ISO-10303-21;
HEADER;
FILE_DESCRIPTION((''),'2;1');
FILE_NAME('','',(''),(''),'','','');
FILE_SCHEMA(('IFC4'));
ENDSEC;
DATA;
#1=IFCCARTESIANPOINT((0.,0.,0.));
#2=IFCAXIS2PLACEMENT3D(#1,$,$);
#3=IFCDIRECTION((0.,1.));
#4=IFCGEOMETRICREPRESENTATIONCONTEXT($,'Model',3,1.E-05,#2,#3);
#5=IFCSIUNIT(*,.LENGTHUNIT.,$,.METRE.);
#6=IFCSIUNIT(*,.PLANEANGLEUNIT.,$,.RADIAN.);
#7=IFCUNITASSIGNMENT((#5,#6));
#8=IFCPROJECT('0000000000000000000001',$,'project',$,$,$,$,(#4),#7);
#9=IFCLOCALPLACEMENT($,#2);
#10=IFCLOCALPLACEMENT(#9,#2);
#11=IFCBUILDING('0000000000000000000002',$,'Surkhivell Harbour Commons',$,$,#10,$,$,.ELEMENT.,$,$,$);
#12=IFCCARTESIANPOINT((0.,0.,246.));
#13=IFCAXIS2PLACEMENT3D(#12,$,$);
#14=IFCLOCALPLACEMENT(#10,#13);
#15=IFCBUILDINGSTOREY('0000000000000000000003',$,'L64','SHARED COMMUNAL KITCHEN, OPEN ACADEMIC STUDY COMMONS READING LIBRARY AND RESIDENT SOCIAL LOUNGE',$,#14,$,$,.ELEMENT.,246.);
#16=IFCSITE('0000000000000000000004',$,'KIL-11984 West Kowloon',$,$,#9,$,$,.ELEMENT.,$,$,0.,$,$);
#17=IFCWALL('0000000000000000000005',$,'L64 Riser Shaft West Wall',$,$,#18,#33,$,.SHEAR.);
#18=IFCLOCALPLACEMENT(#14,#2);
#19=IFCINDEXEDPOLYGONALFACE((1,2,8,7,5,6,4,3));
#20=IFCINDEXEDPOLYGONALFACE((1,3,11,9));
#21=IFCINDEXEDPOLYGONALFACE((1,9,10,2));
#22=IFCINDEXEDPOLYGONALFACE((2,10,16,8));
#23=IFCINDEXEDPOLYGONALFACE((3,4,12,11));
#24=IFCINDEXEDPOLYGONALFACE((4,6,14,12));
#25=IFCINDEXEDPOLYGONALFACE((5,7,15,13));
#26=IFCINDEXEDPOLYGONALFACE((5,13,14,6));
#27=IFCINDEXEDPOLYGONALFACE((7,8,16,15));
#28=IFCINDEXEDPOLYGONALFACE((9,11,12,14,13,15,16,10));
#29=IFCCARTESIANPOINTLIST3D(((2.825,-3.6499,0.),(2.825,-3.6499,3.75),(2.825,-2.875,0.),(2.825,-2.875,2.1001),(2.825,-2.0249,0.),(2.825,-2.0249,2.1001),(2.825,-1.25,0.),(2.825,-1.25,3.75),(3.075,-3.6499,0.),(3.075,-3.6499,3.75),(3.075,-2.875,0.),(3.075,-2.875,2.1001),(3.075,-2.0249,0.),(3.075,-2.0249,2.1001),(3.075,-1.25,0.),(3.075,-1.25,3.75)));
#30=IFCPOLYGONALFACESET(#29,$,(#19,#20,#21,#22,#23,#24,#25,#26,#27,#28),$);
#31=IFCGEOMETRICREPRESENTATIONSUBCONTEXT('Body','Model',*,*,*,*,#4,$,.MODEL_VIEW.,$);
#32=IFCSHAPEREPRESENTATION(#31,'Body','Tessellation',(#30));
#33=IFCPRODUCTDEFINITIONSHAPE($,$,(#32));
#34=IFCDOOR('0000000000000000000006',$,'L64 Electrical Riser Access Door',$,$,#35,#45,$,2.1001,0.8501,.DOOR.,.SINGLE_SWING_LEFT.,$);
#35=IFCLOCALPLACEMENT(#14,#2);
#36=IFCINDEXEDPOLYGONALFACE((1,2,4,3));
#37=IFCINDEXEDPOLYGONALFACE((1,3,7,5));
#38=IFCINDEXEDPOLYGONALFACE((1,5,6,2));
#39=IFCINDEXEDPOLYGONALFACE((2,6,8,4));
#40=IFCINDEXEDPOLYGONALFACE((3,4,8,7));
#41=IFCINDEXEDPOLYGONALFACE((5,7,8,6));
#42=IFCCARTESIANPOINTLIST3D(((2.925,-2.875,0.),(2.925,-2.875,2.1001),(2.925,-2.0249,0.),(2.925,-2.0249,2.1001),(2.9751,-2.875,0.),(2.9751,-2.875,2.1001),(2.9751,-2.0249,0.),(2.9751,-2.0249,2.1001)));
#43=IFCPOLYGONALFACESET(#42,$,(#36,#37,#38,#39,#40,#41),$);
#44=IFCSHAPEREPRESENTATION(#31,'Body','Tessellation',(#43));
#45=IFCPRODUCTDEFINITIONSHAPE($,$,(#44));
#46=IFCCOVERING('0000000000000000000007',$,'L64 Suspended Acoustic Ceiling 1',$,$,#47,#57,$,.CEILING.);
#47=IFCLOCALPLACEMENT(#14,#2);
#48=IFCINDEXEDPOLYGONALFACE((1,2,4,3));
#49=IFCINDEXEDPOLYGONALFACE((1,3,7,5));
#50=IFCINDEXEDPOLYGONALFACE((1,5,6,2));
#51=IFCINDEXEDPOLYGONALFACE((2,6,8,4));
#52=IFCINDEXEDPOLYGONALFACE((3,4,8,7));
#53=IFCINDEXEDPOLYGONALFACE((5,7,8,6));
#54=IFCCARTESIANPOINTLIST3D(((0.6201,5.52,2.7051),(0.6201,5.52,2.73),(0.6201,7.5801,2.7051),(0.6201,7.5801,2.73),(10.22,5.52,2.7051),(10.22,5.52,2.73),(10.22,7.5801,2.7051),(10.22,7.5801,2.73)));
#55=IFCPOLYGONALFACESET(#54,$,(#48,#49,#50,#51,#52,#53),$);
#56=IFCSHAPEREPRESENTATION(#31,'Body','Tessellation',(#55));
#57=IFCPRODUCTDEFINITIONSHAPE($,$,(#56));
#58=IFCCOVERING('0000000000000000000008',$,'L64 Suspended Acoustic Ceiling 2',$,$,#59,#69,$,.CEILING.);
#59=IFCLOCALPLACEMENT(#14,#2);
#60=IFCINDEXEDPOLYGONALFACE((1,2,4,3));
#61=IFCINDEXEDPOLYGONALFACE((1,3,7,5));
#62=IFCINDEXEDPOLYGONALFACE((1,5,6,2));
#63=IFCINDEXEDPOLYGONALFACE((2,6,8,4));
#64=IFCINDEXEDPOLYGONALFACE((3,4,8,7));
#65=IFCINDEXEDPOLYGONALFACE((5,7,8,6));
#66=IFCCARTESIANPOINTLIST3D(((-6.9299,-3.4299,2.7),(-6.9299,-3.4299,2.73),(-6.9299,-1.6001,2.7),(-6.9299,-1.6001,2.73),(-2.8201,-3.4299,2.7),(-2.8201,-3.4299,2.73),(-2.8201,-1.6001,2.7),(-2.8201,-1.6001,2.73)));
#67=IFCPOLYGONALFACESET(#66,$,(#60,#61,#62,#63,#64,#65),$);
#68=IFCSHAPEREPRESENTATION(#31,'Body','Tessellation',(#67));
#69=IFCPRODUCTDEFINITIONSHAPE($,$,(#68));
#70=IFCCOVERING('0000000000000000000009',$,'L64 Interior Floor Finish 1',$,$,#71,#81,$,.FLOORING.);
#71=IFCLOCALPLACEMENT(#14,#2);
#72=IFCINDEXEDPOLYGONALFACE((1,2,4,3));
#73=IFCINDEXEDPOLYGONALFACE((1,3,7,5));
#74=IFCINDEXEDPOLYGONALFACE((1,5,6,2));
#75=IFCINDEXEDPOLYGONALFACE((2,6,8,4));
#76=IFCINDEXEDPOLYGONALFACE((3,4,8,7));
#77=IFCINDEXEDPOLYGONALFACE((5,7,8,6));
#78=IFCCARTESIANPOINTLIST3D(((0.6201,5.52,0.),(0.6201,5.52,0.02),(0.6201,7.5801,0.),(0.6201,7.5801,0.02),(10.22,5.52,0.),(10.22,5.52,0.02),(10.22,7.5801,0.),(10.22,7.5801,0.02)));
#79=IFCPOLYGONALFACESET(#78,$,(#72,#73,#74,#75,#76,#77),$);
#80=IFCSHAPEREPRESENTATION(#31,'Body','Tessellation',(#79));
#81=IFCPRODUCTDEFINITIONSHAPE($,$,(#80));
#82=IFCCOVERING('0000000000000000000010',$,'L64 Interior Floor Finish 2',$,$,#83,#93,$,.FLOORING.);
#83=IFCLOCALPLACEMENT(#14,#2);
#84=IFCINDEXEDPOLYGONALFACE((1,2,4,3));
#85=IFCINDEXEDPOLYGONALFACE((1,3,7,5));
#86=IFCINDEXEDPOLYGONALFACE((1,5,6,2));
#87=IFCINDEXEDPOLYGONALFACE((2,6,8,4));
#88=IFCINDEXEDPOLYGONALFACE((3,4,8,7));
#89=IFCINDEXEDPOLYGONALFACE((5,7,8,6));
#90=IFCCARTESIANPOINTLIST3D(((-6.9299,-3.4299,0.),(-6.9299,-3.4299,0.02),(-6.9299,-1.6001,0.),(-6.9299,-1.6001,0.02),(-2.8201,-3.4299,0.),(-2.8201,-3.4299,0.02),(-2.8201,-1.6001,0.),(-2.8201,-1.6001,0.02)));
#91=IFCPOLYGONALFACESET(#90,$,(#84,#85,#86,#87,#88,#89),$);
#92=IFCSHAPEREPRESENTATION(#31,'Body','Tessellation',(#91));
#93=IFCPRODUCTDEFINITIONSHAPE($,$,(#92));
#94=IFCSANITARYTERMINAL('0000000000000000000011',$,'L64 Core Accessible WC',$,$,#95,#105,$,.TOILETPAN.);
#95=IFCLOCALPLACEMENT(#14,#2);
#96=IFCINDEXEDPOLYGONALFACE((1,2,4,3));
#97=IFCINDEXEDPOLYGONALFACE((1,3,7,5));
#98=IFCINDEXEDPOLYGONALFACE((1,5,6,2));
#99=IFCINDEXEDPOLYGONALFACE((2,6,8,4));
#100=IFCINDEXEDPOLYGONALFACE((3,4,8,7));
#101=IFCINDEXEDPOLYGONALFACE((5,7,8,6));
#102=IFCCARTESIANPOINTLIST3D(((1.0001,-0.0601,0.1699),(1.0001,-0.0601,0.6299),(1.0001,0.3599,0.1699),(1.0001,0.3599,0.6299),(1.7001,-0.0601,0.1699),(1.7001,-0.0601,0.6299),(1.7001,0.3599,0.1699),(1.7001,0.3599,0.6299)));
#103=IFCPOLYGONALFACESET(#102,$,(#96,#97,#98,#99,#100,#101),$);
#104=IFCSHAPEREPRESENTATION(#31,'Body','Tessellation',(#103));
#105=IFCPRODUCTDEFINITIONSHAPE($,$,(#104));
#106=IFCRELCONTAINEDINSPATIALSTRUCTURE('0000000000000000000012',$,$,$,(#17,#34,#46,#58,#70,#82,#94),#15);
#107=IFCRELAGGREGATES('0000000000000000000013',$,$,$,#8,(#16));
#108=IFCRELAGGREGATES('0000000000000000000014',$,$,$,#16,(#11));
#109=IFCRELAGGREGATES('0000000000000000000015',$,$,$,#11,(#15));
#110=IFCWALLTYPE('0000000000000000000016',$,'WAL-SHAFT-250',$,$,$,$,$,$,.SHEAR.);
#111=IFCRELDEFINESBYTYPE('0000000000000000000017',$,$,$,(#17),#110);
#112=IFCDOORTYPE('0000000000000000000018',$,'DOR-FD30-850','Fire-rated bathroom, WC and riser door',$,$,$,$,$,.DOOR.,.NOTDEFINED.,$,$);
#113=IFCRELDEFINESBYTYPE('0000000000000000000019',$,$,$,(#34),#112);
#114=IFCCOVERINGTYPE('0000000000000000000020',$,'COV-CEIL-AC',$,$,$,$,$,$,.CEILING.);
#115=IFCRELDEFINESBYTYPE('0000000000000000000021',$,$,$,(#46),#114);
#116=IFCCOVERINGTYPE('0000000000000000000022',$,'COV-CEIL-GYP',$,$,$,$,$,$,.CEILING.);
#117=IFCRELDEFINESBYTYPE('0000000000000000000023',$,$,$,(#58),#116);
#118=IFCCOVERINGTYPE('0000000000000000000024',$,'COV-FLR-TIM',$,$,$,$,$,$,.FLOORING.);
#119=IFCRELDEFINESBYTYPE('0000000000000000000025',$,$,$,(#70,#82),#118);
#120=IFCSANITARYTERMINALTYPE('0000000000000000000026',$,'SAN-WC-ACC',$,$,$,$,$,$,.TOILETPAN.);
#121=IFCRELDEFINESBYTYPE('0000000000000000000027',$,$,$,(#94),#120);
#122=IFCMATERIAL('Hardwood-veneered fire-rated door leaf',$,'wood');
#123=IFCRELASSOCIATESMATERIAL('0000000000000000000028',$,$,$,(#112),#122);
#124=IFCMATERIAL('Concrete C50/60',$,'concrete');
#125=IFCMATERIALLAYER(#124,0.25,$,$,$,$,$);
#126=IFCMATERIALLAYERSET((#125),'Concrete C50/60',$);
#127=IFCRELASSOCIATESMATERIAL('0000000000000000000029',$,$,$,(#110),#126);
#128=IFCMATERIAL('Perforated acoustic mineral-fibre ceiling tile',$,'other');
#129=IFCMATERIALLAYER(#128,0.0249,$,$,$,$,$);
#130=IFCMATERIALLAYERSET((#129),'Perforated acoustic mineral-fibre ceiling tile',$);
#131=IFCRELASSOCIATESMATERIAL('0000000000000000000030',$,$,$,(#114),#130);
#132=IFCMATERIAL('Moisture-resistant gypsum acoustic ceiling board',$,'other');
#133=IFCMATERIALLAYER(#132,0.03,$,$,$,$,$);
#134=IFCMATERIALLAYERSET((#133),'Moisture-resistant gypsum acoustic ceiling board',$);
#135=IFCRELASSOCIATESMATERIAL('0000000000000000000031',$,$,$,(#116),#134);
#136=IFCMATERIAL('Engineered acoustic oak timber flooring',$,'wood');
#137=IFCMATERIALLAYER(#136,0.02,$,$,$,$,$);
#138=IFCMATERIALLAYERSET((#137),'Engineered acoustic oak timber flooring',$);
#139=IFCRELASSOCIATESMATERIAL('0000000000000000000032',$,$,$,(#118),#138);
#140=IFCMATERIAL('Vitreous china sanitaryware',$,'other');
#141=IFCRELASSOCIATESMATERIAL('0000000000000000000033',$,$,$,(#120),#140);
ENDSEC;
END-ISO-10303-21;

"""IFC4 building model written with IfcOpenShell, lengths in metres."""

from ifc_helpers import new_model, si_unit, direction, frame, frame_2d, origin, origin_2d, place, context, subcontext, project, spatial, polyline, rectangle, outline, extrude, material, layer, layer_set, type_object, element, fill, save


model = new_model("IFC4")

# Units and contexts
model_context = context("Model", 3, precision=1e-05, world=origin(), true_north=direction((0.0, 1.0)))
body_context = subcontext(model_context, "Body", "Model", "MODEL_VIEW")
ifc_project = project(units=[si_unit("LENGTHUNIT", "METRE"), si_unit("PLANEANGLEUNIT", "RADIAN")], contexts=[model_context])

# Site, building, storey
site_placement = place(None, origin())
site = spatial("IfcSite", under=ifc_project, at=site_placement, Name="KIL-11984 West Kowloon", CompositionType="ELEMENT", RefElevation=0.0)
building_placement = place(site_placement, origin())
building = spatial("IfcBuilding", under=site, at=building_placement, Name="Surkhivell Harbour Commons", CompositionType="ELEMENT")
storey_placement = place(building_placement, frame((0.0, 0.0, 246.0)))
storey = spatial("IfcBuildingStorey", under=building, at=storey_placement, Name="L64", Description="SHARED COMMUNAL KITCHEN, OPEN ACADEMIC STUDY COMMONS READING LIBRARY AND RESIDENT SOCIAL LOUNGE", CompositionType="ELEMENT", Elevation=246.0)

# Shared definitions
ifc_material_1 = material(Name="Hardwood-veneered fire-rated door leaf", Category="wood")
door_type_1 = type_object("IfcDoorType", Name="DOR-FD30-850", Description="Fire-rated bathroom, WC and riser door", OperationType="NOTDEFINED", PredefinedType="DOOR", material=ifc_material_1)

# Shared definitions
ifc_material_2 = material(Name="Concrete C50/60", Category="concrete")
ifc_layer_1 = layer(ifc_material_2, 0.25)
ifc_layer_set_1 = layer_set([ifc_layer_1], Name="Concrete C50/60")
wall_type_1 = type_object("IfcWallType", Name="WAL-SHAFT-250", PredefinedType="SHEAR", material=ifc_layer_set_1)

# Wall, opening, door
wall_1_placement = place(storey_placement, frame((2.95, -3.6499, 0.0), z_axis=(0.0, 0.0, 1.0), x_axis=(0.0, 1.0, 0.0)))
wall_1 = element("IfcWall", 1, at=wall_1_placement, inside=storey, type_object=wall_type_1, Name="L64 Riser Shaft West Wall", PredefinedType="SHEAR", context=body_context, shape_type="SweptSolid", body=[
    extrude(rectangle(XDim=2.3999, YDim=0.25, at=frame_2d((1.2, 0.0))), origin(), (0.0, 0.0, 1.0), 3.75),
])
opening_1_placement = place(wall_1_placement, frame((0.7749, 0.0, 0.0)))
opening_1 = element("IfcOpeningElement", 2, at=opening_1_placement, cuts=wall_1, PredefinedType="OPENING", context=body_context, shape_type="SweptSolid", body=[
    extrude(rectangle(XDim=0.8501, YDim=2.1001, at=frame_2d((0.425, 1.05))), frame((0.0, 0.135, 0.0), z_axis=(0.0, -1.0, 0.0), x_axis=(1.0, 0.0, 0.0)), (0.0, 0.0, 1.0), 0.27),
])
door_1_placement = place(opening_1_placement, origin())
door_1 = element("IfcDoor", 3, at=door_1_placement, inside=storey, type_object=door_type_1, Name="L64 Electrical Riser Access Door", OperationType="SINGLE_SWING_LEFT", OverallHeight=2.1001, OverallWidth=0.8501, PredefinedType="DOOR", context=body_context, shape_type="SweptSolid", body=[
    extrude(rectangle(XDim=0.8501, YDim=2.1001, at=frame_2d((0.425, 1.05))), frame((0.0, 0.0249, 0.0), z_axis=(0.0, -1.0, 0.0), x_axis=(1.0, 0.0, 0.0)), (0.0, 0.0, 1.0), 0.05),
])
fill(opening_1, door_1)

# Coverings
ifc_material_3 = material(Name="Perforated acoustic mineral-fibre ceiling tile", Category="other")
ifc_layer_2 = layer(ifc_material_3, 0.0249)
ifc_layer_set_2 = layer_set([ifc_layer_2], Name="Perforated acoustic mineral-fibre ceiling tile")
covering_type_1 = type_object("IfcCoveringType", Name="COV-CEIL-AC", PredefinedType="CEILING", material=ifc_layer_set_2)
covering_1_placement = place(storey_placement, frame((0.0, 0.0, 2.7051)))
element("IfcCovering", 4, at=covering_1_placement, inside=storey, type_object=covering_type_1, Name="L64 Suspended Acoustic Ceiling 1", PredefinedType="CEILING", context=body_context, shape_type="SweptSolid", body=[
    extrude(outline(polyline([(0.6201, 5.52), (10.22, 5.52), (10.22, 7.5801), (0.6201, 7.5801), (0.6201, 5.52)])), origin(), (0.0, 0.0, 1.0), 0.0249),
])
ifc_material_4 = material(Name="Moisture-resistant gypsum acoustic ceiling board", Category="other")
ifc_layer_3 = layer(ifc_material_4, 0.03)
ifc_layer_set_3 = layer_set([ifc_layer_3], Name="Moisture-resistant gypsum acoustic ceiling board")
covering_type_2 = type_object("IfcCoveringType", Name="COV-CEIL-GYP", PredefinedType="CEILING", material=ifc_layer_set_3)
covering_2_placement = place(storey_placement, frame((0.0, 0.0, 2.7)))
element("IfcCovering", 5, at=covering_2_placement, inside=storey, type_object=covering_type_2, Name="L64 Suspended Acoustic Ceiling 2", PredefinedType="CEILING", context=body_context, shape_type="SweptSolid", body=[
    extrude(outline(polyline([(-6.9299, -3.4299), (-2.8201, -3.4299), (-2.8201, -1.6001), (-6.9299, -1.6001), (-6.9299, -3.4299)])), origin(), (0.0, 0.0, 1.0), 0.03),
])
ifc_material_5 = material(Name="Engineered acoustic oak timber flooring", Category="wood")
ifc_layer_4 = layer(ifc_material_5, 0.02)
ifc_layer_set_4 = layer_set([ifc_layer_4], Name="Engineered acoustic oak timber flooring")
covering_type_3 = type_object("IfcCoveringType", Name="COV-FLR-TIM", PredefinedType="FLOORING", material=ifc_layer_set_4)
covering_3_placement = place(storey_placement, origin())
element("IfcCovering", 6, at=covering_3_placement, inside=storey, type_object=covering_type_3, Name="L64 Interior Floor Finish 1", PredefinedType="FLOORING", context=body_context, shape_type="SweptSolid", body=[
    extrude(outline(polyline([(0.6201, 5.52), (10.22, 5.52), (10.22, 7.5801), (0.6201, 7.5801), (0.6201, 5.52)])), origin(), (0.0, 0.0, 1.0), 0.02),
])
covering_4_placement = place(storey_placement, origin())
element("IfcCovering", 7, at=covering_4_placement, inside=storey, type_object=covering_type_3, Name="L64 Interior Floor Finish 2", PredefinedType="FLOORING", context=body_context, shape_type="SweptSolid", body=[
    extrude(outline(polyline([(-6.9299, -3.4299), (-2.8201, -3.4299), (-2.8201, -1.6001), (-6.9299, -1.6001), (-6.9299, -3.4299)])), origin(), (0.0, 0.0, 1.0), 0.02),
])

# Sanitary terminal
ifc_material_6 = material(Name="Vitreous china sanitaryware", Category="other")
sanitary_terminal_type = type_object("IfcSanitaryTerminalType", Name="SAN-WC-ACC", PredefinedType="TOILETPAN", material=ifc_material_6)
sanitary_terminal_placement = place(storey_placement, frame((1.3501, 0.1499, 0.1699), z_axis=(0.0, 0.0, 1.0), x_axis=(1.0, 0.0, 0.0)))
element("IfcSanitaryTerminal", 8, at=sanitary_terminal_placement, inside=storey, type_object=sanitary_terminal_type, Name="L64 Core Accessible WC", PredefinedType="TOILETPAN", context=body_context, shape_type="SweptSolid", body=[
    extrude(rectangle(XDim=0.7, YDim=0.4199, at=origin_2d()), origin(), (0.0, 0.0, 1.0), 0.46),
])

save(model, "model.ifc")
